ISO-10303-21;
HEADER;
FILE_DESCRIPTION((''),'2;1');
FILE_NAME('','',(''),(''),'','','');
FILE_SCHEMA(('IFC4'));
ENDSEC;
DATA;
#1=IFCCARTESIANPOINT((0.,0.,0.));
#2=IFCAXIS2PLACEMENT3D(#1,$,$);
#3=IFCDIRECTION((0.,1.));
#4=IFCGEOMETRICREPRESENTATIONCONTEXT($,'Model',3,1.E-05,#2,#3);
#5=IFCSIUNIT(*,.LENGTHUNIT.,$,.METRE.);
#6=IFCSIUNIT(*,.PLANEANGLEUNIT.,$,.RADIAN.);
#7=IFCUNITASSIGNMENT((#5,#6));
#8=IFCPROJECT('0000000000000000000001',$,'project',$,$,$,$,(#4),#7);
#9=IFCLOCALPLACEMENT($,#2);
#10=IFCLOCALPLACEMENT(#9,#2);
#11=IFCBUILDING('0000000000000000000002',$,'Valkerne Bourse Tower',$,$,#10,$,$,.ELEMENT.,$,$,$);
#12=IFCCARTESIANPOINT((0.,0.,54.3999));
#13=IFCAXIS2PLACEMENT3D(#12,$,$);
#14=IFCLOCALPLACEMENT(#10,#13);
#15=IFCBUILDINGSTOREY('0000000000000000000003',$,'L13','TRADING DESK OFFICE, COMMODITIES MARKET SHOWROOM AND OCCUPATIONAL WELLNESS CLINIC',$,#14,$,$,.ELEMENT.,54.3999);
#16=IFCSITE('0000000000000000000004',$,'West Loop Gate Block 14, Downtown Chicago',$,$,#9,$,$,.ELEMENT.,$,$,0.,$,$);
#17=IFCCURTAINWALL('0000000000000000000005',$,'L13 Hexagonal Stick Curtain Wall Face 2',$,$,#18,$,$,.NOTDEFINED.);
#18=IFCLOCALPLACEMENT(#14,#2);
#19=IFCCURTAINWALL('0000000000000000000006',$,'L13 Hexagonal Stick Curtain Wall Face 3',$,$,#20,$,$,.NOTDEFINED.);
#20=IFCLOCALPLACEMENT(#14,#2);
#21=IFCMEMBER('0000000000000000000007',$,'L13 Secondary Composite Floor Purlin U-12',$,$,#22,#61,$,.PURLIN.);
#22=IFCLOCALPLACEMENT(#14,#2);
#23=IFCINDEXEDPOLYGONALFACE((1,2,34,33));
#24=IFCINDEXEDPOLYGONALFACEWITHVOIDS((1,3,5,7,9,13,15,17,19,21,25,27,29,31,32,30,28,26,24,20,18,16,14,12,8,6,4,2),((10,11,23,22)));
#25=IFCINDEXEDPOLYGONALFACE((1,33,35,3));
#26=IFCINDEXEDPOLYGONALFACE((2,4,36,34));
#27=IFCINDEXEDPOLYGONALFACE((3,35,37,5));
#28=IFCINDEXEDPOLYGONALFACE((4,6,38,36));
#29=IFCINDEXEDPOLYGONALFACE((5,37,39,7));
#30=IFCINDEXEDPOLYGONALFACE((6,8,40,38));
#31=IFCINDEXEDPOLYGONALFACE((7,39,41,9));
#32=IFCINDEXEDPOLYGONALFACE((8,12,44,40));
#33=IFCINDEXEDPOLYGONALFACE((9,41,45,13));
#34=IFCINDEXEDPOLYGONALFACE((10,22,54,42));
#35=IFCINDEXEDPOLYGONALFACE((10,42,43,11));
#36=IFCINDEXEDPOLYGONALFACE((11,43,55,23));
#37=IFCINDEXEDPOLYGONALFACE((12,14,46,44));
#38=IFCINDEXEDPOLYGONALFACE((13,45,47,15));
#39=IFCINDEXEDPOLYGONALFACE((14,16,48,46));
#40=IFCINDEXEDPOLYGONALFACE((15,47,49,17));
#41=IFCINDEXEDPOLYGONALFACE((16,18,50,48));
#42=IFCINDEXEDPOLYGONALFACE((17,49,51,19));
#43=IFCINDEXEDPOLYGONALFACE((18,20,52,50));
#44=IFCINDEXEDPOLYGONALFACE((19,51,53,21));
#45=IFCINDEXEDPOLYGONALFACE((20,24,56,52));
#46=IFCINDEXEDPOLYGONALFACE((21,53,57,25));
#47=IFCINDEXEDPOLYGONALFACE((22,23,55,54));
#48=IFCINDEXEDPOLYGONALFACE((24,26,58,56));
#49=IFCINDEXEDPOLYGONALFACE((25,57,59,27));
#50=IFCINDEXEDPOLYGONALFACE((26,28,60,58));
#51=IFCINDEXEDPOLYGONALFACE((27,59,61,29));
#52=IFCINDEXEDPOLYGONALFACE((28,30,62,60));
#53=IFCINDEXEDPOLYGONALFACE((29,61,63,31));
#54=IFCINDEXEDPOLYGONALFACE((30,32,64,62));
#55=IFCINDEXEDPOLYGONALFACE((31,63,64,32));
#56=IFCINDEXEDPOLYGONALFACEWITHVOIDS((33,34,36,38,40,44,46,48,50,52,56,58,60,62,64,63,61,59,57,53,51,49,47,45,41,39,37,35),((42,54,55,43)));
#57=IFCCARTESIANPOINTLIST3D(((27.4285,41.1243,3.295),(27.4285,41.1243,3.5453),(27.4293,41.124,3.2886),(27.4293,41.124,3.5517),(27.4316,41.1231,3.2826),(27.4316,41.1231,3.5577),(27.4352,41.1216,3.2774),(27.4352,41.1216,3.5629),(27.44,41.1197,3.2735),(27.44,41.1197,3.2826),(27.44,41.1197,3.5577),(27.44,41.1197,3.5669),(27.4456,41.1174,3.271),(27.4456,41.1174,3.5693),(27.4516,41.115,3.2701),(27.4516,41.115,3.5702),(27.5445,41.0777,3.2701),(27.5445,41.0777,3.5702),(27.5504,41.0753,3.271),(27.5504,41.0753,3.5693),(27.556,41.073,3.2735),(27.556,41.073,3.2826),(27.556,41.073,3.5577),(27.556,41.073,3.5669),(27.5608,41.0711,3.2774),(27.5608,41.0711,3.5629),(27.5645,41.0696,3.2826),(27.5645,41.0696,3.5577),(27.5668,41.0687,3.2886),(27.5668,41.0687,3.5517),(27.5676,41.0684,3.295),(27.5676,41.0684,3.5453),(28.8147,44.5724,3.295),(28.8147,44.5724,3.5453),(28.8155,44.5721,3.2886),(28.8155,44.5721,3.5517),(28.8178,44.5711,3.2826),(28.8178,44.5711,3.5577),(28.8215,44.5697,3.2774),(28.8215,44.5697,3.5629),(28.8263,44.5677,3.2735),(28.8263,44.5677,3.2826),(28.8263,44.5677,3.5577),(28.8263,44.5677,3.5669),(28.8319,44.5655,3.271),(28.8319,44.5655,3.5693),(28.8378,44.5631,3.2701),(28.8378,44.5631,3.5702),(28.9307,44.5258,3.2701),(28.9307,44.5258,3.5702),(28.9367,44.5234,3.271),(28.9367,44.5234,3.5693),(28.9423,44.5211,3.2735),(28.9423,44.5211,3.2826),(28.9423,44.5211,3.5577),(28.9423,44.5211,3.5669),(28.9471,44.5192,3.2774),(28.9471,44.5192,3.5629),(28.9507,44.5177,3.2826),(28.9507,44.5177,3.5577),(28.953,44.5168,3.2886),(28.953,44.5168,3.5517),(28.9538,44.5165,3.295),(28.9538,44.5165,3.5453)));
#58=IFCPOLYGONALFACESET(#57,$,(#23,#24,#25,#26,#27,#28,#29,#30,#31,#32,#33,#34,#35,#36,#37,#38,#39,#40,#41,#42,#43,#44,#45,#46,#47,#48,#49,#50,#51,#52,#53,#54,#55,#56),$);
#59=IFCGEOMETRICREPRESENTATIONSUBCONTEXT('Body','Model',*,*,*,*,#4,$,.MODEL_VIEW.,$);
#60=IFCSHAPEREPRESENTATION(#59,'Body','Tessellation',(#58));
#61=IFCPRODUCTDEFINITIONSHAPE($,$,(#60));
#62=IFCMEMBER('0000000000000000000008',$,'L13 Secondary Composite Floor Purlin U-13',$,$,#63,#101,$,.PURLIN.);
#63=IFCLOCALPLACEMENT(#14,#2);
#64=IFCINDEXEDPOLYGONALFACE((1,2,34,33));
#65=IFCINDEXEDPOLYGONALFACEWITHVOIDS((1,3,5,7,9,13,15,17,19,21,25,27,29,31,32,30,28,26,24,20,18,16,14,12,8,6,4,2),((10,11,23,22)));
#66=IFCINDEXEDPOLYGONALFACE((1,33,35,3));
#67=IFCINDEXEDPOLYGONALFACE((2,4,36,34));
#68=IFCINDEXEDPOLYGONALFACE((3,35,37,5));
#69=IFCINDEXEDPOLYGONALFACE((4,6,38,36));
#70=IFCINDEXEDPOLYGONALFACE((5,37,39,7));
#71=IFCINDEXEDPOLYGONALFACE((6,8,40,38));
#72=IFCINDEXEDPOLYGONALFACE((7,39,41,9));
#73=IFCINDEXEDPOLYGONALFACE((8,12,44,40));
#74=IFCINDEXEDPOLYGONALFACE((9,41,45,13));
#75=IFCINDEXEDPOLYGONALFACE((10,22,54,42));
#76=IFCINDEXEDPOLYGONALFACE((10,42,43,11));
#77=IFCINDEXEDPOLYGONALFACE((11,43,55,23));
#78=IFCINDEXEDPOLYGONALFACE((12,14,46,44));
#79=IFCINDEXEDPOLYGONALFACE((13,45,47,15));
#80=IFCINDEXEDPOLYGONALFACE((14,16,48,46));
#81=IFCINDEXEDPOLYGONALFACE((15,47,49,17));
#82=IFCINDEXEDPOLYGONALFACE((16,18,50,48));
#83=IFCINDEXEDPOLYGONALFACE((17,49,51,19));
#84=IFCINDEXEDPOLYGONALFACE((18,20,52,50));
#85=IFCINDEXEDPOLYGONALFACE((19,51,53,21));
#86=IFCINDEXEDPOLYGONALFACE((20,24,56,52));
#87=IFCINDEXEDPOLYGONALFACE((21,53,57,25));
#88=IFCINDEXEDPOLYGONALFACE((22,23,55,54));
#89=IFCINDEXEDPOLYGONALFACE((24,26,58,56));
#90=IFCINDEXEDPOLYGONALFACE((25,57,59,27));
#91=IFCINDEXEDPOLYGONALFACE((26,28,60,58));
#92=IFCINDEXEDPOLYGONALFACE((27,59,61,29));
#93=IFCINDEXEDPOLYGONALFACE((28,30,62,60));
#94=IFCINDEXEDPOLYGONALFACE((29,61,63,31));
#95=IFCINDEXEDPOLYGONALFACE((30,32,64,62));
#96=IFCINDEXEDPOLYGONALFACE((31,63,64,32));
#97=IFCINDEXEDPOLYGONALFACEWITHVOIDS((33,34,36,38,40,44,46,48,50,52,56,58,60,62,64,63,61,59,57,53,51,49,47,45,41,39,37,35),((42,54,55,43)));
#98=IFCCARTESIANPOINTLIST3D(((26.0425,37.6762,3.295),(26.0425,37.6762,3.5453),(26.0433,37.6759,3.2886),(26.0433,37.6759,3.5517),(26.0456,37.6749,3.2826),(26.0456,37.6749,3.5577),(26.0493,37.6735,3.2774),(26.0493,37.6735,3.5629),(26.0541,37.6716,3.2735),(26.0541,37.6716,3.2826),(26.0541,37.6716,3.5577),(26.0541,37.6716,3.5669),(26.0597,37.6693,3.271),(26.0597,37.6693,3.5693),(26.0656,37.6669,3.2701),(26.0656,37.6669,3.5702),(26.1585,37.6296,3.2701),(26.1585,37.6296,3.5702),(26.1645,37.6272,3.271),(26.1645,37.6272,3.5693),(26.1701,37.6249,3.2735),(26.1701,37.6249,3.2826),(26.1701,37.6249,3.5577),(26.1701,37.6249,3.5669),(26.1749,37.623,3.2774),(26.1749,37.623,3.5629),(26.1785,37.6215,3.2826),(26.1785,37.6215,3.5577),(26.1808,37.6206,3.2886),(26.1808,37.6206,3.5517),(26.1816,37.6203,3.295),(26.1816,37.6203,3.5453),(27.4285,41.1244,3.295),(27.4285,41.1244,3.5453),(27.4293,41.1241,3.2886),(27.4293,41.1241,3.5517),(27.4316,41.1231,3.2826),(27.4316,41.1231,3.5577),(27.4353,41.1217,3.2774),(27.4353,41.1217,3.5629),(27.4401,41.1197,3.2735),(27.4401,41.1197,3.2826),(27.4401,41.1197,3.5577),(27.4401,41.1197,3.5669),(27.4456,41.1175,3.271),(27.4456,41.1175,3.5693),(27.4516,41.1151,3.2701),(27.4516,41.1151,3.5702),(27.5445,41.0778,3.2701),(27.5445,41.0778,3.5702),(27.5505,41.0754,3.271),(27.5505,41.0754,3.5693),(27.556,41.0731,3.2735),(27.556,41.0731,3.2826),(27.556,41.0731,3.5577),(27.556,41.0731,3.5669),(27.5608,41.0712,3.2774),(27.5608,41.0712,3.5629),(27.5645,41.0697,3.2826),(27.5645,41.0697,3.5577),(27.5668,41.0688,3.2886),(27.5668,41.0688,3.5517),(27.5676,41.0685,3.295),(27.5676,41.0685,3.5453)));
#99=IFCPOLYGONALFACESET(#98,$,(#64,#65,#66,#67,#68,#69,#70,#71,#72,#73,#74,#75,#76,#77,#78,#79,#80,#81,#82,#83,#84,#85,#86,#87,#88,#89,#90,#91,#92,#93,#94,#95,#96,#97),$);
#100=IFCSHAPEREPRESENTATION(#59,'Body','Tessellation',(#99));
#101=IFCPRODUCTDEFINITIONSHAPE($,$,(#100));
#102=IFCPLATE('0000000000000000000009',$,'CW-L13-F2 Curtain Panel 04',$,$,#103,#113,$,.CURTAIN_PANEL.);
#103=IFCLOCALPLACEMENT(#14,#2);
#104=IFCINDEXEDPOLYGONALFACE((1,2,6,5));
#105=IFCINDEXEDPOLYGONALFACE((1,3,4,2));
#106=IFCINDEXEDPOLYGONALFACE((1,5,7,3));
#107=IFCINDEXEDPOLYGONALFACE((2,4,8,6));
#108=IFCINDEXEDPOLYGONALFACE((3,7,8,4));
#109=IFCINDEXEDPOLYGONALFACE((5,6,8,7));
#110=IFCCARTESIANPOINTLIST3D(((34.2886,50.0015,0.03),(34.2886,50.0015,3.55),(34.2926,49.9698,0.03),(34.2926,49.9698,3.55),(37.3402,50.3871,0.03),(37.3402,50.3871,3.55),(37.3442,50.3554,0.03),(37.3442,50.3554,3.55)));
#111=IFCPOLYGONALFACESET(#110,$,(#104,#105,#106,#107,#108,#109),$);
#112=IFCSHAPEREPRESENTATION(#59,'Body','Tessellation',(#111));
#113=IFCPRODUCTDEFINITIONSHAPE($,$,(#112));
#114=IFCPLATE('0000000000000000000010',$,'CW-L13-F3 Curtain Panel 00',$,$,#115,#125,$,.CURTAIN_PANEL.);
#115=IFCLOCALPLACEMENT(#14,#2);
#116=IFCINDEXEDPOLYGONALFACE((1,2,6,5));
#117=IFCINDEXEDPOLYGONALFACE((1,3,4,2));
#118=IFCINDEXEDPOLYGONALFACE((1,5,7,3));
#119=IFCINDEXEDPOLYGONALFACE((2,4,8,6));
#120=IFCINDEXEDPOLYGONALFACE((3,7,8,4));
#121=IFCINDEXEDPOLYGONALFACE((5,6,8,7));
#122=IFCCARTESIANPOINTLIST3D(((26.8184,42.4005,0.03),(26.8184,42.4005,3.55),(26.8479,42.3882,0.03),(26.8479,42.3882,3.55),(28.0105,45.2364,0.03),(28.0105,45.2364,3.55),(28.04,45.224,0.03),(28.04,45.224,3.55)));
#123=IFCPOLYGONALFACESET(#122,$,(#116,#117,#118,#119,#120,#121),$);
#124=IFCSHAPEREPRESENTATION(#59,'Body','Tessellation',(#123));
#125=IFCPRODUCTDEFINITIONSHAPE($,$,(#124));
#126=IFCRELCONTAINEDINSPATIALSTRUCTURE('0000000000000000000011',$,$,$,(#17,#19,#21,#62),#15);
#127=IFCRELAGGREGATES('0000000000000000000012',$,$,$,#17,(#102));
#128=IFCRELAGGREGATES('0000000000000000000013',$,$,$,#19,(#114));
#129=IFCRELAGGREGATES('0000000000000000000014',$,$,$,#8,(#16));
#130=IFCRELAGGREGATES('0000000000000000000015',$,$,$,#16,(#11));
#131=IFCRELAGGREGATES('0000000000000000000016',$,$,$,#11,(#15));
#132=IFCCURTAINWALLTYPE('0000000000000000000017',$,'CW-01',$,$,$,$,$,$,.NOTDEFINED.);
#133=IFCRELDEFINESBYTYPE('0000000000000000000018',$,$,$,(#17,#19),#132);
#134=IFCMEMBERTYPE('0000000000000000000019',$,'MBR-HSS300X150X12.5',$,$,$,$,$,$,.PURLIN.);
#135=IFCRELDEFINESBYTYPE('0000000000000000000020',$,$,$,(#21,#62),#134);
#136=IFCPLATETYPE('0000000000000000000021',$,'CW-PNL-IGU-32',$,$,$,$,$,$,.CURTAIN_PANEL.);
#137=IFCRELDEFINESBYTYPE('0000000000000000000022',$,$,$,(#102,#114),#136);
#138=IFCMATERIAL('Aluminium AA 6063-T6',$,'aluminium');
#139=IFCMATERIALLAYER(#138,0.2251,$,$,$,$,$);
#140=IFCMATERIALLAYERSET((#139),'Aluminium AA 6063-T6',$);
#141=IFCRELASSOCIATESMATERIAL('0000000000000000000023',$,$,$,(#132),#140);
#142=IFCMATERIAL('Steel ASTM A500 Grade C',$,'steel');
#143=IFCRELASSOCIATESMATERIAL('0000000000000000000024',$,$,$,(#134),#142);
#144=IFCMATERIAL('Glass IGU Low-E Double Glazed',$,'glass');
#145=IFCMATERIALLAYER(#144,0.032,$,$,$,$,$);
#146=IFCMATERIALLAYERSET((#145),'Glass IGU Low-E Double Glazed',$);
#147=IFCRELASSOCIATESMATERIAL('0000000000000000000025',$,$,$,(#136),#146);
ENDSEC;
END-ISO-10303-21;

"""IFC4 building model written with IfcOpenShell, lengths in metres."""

from ifc_helpers import new_model, si_unit, direction, frame, origin, origin_2d, place, context, subcontext, project, spatial, rectangle, hollow_rectangle, extrude, material, layer, layer_set, material_profile, profile_set, type_object, element, aggregate, save


model = new_model("IFC4")

# Units and contexts
model_context = context("Model", 3, precision=1e-05, world=origin(), true_north=direction((0.0, 1.0)))
body_context = subcontext(model_context, "Body", "Model", "MODEL_VIEW")
ifc_project = project(units=[si_unit("LENGTHUNIT", "METRE"), si_unit("PLANEANGLEUNIT", "RADIAN")], contexts=[model_context])

# Site, building, storey
site_placement = place(None, origin())
site = spatial("IfcSite", under=ifc_project, at=site_placement, Name="West Loop Gate Block 14, Downtown Chicago", CompositionType="ELEMENT", RefElevation=0.0)
building_placement = place(site_placement, origin())
building = spatial("IfcBuilding", under=site, at=building_placement, Name="Valkerne Bourse Tower", CompositionType="ELEMENT")
storey_placement = place(building_placement, frame((0.0, 0.0, 54.3999)))
storey = spatial("IfcBuildingStorey", under=building, at=storey_placement, Name="L13", Description="TRADING DESK OFFICE, COMMODITIES MARKET SHOWROOM AND OCCUPATIONAL WELLNESS CLINIC", CompositionType="ELEMENT", Elevation=54.3999)

# Curtain wall
ifc_material_1 = material(Name="Aluminium AA 6063-T6", Category="aluminium")
ifc_layer_1 = layer(ifc_material_1, 0.2251)
ifc_layer_set_1 = layer_set([ifc_layer_1], Name="Aluminium AA 6063-T6")
curtain_wall_type = type_object("IfcCurtainWallType", Name="CW-01", PredefinedType="NOTDEFINED", material=ifc_layer_set_1)
curtain_wall_1_placement = place(storey_placement, origin())
curtain_wall_1 = element("IfcCurtainWall", 1, at=curtain_wall_1_placement, inside=storey, type_object=curtain_wall_type, Name="L13 Hexagonal Stick Curtain Wall Face 2", PredefinedType="NOTDEFINED")

# Curtain wall
curtain_wall_2_placement = place(storey_placement, origin())
curtain_wall_2 = element("IfcCurtainWall", 2, at=curtain_wall_2_placement, inside=storey, type_object=curtain_wall_type, Name="L13 Hexagonal Stick Curtain Wall Face 3", PredefinedType="NOTDEFINED")

# Members
ifc_material_2 = material(Name="Steel ASTM A500 Grade C", Category="steel")
ifc_material_profile_1 = material_profile(ifc_material_2, hollow_rectangle(XDim=0.1499, YDim=0.3, WallThickness=0.0125, OuterFilletRadius=0.0249, at=origin_2d()), Name="HSS300X150X12.5")
ifc_profile_set_1 = profile_set([ifc_material_profile_1], Name="Steel ASTM A500 Grade C")
member_type_1 = type_object("IfcMemberType", Name="MBR-HSS300X150X12.5", PredefinedType="PURLIN", material=ifc_profile_set_1)
for number, where, z_axis, x_axis, name in (
    (3, (28.8843, 44.5444, 3.4202), (-0.373021, -0.927823, 0.0), (0.927823, -0.373021, 0.0), "L13 Secondary Composite Floor Purlin U-12"),
    (4, (27.498, 41.0964, 3.4202), (-0.372942, -0.927855, 0.0), (0.927855, -0.372942, 0.0), "L13 Secondary Composite Floor Purlin U-13"),
):
    element("IfcMember", number, at=place(storey_placement, frame(where, z_axis=z_axis, x_axis=x_axis)), inside=storey, type_object=member_type_1, Name=name, PredefinedType="PURLIN", context=body_context, shape_type="SweptSolid", body=[
        extrude(hollow_rectangle(XDim=0.1499, YDim=0.3, WallThickness=0.0125, OuterFilletRadius=0.0249, at=origin_2d()), origin(), (0.0, 0.0, 1.0), 3.7163),
    ])

# Plates
ifc_material_3 = material(Name="Glass IGU Low-E Double Glazed", Category="glass")
ifc_layer_2 = layer(ifc_material_3, 0.032)
ifc_layer_set_2 = layer_set([ifc_layer_2], Name="Glass IGU Low-E Double Glazed")
plate_type = type_object("IfcPlateType", Name="CW-PNL-IGU-32", PredefinedType="CURTAIN_PANEL", material=ifc_layer_set_2)
plate_1_placement = place(storey_placement, frame((35.8164, 50.1785, 0.03), z_axis=(0.0, 0.0, 1.0), x_axis=(-0.992113, -0.12535, 0.0)))
plate_1 = element("IfcPlate", 5, at=plate_1_placement, type_object=plate_type, Name="CW-L13-F2 Curtain Panel 04", PredefinedType="CURTAIN_PANEL", context=body_context, shape_type="SweptSolid", body=[
    extrude(rectangle(XDim=3.0759, YDim=0.032, at=origin_2d()), origin(), (0.0, 0.0, 1.0), 3.52),
])
aggregate(curtain_wall_1, [plate_1])
plate_2_placement = place(storey_placement, frame((27.4292, 43.8123, 0.03), z_axis=(0.0, 0.0, 1.0), x_axis=(-0.38751, -0.921866, 0.0)))
plate_2 = element("IfcPlate", 6, at=plate_2_placement, type_object=plate_type, Name="CW-L13-F3 Curtain Panel 00", PredefinedType="CURTAIN_PANEL", context=body_context, shape_type="SweptSolid", body=[
    extrude(rectangle(XDim=3.0762, YDim=0.032, at=origin_2d()), origin(), (0.0, 0.0, 1.0), 3.52),
])
aggregate(curtain_wall_2, [plate_2])

save(model, "model.ifc")
